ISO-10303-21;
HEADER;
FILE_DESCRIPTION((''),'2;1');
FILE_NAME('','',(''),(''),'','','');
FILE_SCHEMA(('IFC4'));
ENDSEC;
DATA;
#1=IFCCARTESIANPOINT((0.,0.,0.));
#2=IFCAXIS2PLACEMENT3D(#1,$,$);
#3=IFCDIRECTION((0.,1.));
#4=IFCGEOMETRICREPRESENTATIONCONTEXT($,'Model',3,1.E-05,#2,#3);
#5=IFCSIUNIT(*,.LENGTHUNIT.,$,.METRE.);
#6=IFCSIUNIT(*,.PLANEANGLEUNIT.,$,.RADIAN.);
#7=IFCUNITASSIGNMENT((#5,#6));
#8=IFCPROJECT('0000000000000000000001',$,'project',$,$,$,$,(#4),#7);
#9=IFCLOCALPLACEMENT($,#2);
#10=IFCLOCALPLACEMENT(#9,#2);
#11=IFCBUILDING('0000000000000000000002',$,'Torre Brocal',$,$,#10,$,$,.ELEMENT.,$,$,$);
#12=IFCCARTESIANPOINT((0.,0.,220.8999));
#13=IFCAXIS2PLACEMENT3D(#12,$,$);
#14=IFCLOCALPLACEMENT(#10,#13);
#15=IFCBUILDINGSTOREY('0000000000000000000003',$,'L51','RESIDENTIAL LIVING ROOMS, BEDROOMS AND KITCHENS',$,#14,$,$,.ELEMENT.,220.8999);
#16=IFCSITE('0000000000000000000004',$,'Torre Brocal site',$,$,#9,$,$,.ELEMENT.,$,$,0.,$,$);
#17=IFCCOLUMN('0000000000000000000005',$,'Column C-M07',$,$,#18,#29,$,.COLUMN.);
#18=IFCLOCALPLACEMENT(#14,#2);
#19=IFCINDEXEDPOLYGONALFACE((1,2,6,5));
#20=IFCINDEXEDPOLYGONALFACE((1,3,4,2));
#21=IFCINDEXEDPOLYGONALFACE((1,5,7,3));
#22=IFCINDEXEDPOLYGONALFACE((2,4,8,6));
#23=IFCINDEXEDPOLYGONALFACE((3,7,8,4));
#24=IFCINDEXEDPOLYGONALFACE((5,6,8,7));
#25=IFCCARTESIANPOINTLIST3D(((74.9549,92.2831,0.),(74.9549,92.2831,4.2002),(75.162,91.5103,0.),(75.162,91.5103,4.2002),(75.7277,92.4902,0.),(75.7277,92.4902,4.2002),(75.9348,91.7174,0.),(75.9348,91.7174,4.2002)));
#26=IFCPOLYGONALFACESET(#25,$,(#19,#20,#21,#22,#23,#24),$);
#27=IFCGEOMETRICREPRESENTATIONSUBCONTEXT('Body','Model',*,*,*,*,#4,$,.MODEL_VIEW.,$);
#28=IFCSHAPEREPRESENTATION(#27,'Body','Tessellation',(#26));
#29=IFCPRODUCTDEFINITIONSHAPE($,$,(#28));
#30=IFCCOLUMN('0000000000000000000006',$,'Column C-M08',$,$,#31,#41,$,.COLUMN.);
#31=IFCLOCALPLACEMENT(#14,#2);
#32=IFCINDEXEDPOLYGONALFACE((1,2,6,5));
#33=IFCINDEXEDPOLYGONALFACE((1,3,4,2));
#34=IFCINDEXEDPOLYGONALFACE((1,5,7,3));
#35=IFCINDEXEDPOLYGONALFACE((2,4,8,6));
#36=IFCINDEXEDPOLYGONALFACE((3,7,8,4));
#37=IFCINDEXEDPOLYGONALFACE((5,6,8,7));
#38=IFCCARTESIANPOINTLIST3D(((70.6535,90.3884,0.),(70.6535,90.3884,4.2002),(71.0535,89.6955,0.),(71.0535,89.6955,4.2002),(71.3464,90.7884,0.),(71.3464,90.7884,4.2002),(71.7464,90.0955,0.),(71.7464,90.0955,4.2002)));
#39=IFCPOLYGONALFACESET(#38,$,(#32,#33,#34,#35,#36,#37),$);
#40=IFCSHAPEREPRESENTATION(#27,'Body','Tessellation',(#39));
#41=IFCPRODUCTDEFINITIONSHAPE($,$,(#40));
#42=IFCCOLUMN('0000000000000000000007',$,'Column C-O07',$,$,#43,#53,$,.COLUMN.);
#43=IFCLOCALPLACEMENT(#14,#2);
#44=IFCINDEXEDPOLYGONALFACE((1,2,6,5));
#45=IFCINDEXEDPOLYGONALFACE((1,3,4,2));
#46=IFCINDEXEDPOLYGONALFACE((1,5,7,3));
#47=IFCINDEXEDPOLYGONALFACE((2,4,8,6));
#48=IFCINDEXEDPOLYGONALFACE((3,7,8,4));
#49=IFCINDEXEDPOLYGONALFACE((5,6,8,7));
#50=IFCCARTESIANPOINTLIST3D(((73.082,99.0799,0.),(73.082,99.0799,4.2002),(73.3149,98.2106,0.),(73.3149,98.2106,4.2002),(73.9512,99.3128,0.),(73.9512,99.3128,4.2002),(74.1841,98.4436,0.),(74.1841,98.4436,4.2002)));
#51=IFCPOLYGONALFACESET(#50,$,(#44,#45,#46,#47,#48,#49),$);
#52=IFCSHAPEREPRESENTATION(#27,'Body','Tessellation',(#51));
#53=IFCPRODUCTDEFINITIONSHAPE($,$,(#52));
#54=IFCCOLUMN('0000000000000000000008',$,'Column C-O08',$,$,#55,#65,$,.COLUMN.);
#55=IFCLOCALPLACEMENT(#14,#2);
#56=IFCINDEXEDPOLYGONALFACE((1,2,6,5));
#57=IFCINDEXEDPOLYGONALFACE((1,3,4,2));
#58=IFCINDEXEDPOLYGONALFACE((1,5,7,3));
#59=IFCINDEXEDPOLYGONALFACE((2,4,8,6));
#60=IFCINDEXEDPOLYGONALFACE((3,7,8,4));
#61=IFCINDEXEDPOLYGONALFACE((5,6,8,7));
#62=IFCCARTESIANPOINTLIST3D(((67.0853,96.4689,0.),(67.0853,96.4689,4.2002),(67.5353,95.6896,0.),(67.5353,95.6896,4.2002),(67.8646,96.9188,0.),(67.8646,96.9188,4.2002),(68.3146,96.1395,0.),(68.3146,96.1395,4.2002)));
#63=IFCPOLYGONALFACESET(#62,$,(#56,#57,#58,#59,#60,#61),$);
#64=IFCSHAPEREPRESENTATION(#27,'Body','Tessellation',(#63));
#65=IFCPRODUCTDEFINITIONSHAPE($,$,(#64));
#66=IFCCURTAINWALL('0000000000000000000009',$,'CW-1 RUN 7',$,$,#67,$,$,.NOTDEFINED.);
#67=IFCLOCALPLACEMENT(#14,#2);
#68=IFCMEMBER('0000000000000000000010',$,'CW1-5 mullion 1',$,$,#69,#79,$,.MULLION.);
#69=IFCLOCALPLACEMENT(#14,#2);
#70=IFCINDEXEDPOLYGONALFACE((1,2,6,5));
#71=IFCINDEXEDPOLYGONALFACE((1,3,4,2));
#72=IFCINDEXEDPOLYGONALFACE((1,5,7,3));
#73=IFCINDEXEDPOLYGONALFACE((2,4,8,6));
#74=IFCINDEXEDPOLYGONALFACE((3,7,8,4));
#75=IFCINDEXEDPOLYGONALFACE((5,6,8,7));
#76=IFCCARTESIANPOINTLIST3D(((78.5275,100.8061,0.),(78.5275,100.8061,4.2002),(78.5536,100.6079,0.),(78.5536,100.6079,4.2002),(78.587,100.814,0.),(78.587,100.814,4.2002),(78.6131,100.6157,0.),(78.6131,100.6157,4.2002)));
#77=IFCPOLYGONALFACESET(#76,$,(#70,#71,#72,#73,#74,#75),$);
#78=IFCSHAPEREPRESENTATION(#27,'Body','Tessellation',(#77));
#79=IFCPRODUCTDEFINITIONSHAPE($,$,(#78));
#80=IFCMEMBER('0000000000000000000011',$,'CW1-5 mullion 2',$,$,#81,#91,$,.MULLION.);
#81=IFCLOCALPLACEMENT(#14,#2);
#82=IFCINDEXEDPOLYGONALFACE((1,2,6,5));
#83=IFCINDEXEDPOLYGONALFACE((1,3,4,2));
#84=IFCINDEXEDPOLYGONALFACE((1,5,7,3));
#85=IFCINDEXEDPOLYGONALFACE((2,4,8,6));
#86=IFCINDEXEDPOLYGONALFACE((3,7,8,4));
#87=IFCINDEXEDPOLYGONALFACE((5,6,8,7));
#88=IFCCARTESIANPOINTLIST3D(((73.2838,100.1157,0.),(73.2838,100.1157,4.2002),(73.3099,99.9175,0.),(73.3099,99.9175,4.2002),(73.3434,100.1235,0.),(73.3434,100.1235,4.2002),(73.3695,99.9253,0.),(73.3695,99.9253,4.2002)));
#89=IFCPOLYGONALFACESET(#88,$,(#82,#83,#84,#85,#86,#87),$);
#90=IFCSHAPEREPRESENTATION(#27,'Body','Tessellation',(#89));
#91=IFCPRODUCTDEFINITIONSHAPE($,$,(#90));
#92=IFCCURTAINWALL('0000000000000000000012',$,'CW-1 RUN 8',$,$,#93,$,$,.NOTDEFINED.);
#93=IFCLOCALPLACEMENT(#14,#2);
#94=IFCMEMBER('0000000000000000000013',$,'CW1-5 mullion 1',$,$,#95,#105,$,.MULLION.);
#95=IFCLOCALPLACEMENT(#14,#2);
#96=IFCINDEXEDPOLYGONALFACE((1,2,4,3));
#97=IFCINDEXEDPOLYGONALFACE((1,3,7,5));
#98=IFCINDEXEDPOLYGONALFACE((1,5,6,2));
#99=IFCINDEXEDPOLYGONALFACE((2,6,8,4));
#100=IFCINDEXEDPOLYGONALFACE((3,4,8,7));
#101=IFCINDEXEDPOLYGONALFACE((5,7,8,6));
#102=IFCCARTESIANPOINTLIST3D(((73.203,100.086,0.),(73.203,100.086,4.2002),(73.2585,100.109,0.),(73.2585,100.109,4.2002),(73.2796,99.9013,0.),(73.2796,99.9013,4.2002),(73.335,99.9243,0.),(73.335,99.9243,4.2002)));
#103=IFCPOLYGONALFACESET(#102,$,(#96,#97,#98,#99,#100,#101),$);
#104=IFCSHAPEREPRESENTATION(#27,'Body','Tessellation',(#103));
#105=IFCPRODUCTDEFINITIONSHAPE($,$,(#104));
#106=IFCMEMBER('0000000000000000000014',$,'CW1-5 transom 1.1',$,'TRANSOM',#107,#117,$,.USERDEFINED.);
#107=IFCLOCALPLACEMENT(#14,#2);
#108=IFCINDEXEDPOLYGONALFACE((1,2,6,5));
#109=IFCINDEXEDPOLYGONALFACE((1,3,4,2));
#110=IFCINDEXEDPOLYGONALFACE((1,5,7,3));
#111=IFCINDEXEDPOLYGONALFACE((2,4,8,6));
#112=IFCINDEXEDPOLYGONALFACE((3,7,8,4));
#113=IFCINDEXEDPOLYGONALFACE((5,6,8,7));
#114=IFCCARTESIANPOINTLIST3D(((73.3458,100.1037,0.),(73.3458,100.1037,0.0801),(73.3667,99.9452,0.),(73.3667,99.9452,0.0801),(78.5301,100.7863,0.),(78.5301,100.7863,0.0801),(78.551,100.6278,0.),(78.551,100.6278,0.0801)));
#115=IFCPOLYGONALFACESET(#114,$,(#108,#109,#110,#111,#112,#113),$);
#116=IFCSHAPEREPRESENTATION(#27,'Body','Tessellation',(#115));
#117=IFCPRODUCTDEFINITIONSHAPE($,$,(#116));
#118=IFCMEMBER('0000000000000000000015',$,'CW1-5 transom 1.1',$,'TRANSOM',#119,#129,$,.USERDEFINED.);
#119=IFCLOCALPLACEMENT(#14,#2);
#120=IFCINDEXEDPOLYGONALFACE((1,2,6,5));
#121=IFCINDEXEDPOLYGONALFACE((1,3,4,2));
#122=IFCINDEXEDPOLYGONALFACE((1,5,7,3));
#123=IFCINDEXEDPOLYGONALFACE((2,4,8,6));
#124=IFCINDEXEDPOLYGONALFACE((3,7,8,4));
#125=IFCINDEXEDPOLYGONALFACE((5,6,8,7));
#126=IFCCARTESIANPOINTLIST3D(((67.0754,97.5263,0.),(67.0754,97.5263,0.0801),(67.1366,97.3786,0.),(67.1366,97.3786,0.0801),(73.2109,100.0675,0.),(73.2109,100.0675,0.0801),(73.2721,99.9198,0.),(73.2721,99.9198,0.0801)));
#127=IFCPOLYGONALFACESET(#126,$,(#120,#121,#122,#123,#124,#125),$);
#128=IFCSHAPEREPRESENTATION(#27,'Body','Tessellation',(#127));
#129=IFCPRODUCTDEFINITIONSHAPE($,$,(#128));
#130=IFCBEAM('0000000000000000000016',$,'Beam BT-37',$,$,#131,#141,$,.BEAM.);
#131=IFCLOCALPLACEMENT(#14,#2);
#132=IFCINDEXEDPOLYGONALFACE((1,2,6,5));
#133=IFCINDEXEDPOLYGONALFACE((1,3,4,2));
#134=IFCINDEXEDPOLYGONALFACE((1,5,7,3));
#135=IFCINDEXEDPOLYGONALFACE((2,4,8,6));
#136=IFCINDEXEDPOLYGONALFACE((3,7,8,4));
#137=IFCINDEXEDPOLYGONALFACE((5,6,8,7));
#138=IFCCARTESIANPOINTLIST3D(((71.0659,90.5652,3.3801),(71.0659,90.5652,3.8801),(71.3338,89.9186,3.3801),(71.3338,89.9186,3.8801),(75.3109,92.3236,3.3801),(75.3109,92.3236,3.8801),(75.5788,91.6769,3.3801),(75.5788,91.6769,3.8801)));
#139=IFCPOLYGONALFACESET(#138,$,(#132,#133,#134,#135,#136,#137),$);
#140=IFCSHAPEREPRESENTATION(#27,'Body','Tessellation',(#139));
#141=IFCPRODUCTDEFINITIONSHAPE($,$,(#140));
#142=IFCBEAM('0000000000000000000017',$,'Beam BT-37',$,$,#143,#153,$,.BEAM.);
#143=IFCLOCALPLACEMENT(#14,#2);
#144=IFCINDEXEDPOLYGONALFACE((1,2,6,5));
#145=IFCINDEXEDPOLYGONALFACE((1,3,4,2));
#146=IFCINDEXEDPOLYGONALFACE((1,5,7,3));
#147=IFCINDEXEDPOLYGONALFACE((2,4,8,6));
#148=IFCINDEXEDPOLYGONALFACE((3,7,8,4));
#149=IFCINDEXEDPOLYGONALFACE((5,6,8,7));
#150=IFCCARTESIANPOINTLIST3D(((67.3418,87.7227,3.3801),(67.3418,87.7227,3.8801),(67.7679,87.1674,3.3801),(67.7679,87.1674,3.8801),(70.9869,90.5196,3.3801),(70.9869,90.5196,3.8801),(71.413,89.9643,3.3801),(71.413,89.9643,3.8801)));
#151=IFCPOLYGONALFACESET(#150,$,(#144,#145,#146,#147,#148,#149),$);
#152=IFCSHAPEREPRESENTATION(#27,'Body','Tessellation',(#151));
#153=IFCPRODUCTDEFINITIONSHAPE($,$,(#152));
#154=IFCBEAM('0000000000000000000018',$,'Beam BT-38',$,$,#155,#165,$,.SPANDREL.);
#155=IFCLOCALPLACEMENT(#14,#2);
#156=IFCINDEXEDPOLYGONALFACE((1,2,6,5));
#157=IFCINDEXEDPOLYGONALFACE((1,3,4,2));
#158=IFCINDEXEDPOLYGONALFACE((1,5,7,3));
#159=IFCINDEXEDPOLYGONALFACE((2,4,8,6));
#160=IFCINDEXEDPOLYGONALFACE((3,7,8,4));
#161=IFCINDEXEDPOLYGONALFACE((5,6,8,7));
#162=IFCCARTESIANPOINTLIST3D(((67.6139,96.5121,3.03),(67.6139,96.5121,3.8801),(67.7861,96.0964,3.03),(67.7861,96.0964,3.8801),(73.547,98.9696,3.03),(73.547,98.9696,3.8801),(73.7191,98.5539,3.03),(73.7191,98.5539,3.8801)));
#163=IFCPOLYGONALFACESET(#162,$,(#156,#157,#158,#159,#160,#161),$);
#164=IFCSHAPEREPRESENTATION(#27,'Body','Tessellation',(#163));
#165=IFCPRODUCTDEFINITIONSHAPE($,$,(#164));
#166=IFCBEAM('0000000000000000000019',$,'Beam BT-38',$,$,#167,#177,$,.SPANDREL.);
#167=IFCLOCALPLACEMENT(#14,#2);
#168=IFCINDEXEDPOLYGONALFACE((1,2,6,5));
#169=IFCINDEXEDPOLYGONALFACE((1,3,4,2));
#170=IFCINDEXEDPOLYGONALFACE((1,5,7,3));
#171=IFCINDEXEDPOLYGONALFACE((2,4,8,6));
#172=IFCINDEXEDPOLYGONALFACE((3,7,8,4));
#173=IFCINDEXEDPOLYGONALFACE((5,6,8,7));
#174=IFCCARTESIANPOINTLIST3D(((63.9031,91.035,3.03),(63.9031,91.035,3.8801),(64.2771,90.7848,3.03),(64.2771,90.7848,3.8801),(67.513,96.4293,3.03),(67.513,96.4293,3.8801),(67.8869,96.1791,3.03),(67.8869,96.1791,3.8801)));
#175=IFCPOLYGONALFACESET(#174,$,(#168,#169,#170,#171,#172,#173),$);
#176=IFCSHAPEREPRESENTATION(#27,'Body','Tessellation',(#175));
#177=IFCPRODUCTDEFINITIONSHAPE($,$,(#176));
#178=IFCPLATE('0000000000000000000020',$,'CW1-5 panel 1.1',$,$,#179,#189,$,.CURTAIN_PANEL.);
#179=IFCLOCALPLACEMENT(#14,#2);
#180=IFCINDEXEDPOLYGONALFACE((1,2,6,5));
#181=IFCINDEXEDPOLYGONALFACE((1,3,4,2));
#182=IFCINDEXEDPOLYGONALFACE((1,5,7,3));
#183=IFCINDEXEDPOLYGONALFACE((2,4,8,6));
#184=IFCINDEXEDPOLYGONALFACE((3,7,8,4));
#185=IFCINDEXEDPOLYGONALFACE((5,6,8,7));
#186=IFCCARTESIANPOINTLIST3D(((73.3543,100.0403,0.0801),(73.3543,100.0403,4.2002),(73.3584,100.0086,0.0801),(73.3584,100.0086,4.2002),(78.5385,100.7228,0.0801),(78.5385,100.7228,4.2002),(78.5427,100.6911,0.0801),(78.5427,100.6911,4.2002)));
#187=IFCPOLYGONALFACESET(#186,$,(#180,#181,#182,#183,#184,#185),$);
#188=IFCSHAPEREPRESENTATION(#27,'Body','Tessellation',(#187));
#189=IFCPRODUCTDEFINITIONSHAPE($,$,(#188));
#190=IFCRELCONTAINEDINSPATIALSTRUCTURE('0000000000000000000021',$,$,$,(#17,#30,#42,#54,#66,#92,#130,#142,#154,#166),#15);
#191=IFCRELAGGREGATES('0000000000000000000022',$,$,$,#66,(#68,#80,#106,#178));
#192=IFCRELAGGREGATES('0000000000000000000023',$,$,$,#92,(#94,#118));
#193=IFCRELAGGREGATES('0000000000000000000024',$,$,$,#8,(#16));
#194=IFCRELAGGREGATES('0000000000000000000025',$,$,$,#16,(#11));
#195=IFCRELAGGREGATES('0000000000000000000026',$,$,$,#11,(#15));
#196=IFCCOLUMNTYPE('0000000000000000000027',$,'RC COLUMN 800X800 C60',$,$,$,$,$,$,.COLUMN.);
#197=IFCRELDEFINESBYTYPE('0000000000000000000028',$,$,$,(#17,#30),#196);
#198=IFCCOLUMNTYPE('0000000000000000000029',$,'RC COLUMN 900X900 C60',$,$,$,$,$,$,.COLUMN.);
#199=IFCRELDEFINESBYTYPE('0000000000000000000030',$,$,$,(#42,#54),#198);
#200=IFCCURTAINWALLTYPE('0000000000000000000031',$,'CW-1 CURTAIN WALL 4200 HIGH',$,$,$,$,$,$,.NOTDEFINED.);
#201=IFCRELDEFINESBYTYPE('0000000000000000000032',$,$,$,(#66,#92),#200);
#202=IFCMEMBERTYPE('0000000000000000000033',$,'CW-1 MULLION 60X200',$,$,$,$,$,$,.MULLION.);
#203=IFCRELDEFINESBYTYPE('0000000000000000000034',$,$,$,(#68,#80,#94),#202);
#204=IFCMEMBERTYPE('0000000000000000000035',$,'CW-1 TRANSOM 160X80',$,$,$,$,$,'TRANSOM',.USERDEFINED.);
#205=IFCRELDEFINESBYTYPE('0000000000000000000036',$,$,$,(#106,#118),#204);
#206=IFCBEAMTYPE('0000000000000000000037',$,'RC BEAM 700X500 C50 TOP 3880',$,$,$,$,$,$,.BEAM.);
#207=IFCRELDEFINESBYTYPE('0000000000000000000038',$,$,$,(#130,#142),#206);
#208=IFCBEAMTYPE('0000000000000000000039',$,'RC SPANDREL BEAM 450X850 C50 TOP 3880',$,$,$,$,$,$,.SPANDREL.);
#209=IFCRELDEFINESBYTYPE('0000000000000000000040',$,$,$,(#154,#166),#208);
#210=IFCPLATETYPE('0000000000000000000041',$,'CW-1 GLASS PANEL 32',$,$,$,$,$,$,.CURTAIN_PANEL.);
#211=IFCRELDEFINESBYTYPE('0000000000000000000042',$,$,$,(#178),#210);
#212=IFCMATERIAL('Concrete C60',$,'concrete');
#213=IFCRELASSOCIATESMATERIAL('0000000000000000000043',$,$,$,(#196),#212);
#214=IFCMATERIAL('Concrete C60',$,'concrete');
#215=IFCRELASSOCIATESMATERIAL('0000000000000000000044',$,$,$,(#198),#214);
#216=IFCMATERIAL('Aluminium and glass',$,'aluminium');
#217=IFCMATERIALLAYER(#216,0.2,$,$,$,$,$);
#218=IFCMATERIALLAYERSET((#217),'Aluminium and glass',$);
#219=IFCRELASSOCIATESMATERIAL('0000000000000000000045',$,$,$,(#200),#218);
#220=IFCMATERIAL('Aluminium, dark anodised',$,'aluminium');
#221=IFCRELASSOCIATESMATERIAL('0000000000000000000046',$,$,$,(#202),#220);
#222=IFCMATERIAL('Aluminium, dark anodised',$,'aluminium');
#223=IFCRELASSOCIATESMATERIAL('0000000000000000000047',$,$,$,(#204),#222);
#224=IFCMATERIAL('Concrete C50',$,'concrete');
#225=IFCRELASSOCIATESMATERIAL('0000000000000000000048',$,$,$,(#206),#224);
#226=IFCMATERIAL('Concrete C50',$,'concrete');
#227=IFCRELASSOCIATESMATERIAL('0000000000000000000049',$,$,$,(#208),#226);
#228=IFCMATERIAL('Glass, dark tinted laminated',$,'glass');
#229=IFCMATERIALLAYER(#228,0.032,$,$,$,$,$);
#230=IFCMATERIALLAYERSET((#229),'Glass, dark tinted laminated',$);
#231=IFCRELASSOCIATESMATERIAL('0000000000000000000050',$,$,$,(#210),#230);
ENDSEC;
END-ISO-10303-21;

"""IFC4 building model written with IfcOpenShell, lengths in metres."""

from ifc_helpers import new_model, si_unit, direction, frame, origin, origin_2d, place, context, subcontext, project, spatial, rectangle, extrude, material, layer, layer_set, material_profile, profile_set, type_object, element, aggregate, save


model = new_model("IFC4")

# Units and contexts
model_context = context("Model", 3, precision=1e-05, world=origin(), true_north=direction((0.0, 1.0)))
body_context = subcontext(model_context, "Body", "Model", "MODEL_VIEW")
ifc_project = project(units=[si_unit("LENGTHUNIT", "METRE"), si_unit("PLANEANGLEUNIT", "RADIAN")], contexts=[model_context])

# Site, building, storey
site_placement = place(None, origin())
site = spatial("IfcSite", under=ifc_project, at=site_placement, Name="Torre Brocal site", CompositionType="ELEMENT", RefElevation=0.0)
building_placement = place(site_placement, origin())
building = spatial("IfcBuilding", under=site, at=building_placement, Name="Torre Brocal", CompositionType="ELEMENT")
storey_placement = place(building_placement, frame((0.0, 0.0, 220.8999)))
storey = spatial("IfcBuildingStorey", under=building, at=storey_placement, Name="L51", Description="RESIDENTIAL LIVING ROOMS, BEDROOMS AND KITCHENS", CompositionType="ELEMENT", Elevation=220.8999)

# Columns
ifc_material_1 = material(Name="Concrete C60", Category="concrete")
ifc_material_profile_1 = material_profile(ifc_material_1, rectangle(XDim=0.8, YDim=0.8, at=origin_2d()), Name="RC 800X800")
ifc_profile_set_1 = profile_set([ifc_material_profile_1], Name="Concrete C60")
column_type_1 = type_object("IfcColumnType", Name="RC COLUMN 800X800 C60", PredefinedType="COLUMN", material=ifc_profile_set_1)
for number, where, z_axis, x_axis, name in (
    (1, (75.4448, 92.0002, 0.0), (0.0, 0.0, 1.0), (-0.258819, 0.965926, 0.0), "Column C-M07"),
    (2, (71.2, 90.2419, 0.0), (0.0, 0.0, 1.0), (-0.5, 0.866025, 0.0), "Column C-M08"),
):
    element("IfcColumn", number, at=place(storey_placement, frame(where, z_axis=z_axis, x_axis=x_axis)), inside=storey, type_object=column_type_1, Name=name, PredefinedType="COLUMN", context=body_context, shape_type="SweptSolid", body=[
        extrude(rectangle(XDim=0.8, YDim=0.8, at=origin_2d()), origin(), (0.0, 0.0, 1.0), 4.2002),
    ])
ifc_material_2 = material(Name="Concrete C60", Category="concrete")
ifc_material_profile_2 = material_profile(ifc_material_2, rectangle(XDim=0.8999, YDim=0.8999, at=origin_2d()), Name="RC 900X900")
ifc_profile_set_2 = profile_set([ifc_material_profile_2], Name="Concrete C60")
column_type_2 = type_object("IfcColumnType", Name="RC COLUMN 900X900 C60", PredefinedType="COLUMN", material=ifc_profile_set_2)
for number, where, z_axis, x_axis, name in (
    (3, (73.6331, 98.7617, 0.0), (0.0, 0.0, 1.0), (-0.258819, 0.965926, 0.0), "Column C-O07"),
    (4, (67.7, 96.3042, 0.0), (0.0, 0.0, 1.0), (-0.5, 0.866025, 0.0), "Column C-O08"),
):
    element("IfcColumn", number, at=place(storey_placement, frame(where, z_axis=z_axis, x_axis=x_axis)), inside=storey, type_object=column_type_2, Name=name, PredefinedType="COLUMN", context=body_context, shape_type="SweptSolid", body=[
        extrude(rectangle(XDim=0.8999, YDim=0.8999, at=origin_2d()), origin(), (0.0, 0.0, 1.0), 4.2002),
    ])

# Curtain wall, members
ifc_material_3 = material(Name="Aluminium and glass", Category="aluminium")
ifc_layer_1 = layer(ifc_material_3, 0.2)
ifc_layer_set_1 = layer_set([ifc_layer_1], Name="Aluminium and glass")
curtain_wall_type = type_object("IfcCurtainWallType", Name="CW-1 CURTAIN WALL 4200 HIGH", PredefinedType="NOTDEFINED", material=ifc_layer_set_1)
curtain_wall_1_placement = place(storey_placement, origin())
curtain_wall_1 = element("IfcCurtainWall", 5, at=curtain_wall_1_placement, inside=storey, type_object=curtain_wall_type, Name="CW-1 RUN 7", PredefinedType="NOTDEFINED")
ifc_material_4 = material(Name="Aluminium, dark anodised", Category="aluminium")
ifc_material_profile_3 = material_profile(ifc_material_4, rectangle(XDim=0.2, YDim=0.0601, at=origin_2d()), Name="CW-1 MULLION 60X200")
ifc_profile_set_3 = profile_set([ifc_material_profile_3], Name="Aluminium, dark anodised")
member_type_1 = type_object("IfcMemberType", Name="CW-1 MULLION 60X200", PredefinedType="MULLION", material=ifc_profile_set_3)
member_1_placement = place(storey_placement, frame((78.5703, 100.7109, 0.0), z_axis=(0.0, 0.0, 1.0), x_axis=(0.130526, -0.991445, 0.0)))
member_1 = element("IfcMember", 6, at=member_1_placement, type_object=member_type_1, Name="CW1-5 mullion 1", PredefinedType="MULLION", context=body_context, shape_type="SweptSolid", body=[
    extrude(rectangle(XDim=0.2, YDim=0.0601, at=origin_2d()), origin(), (0.0, 0.0, 1.0), 4.2002),
])
member_2_placement = place(storey_placement, frame((73.3267, 100.0205, 0.0), z_axis=(0.0, 0.0, 1.0), x_axis=(0.130526, -0.991445, 0.0)))
member_2 = element("IfcMember", 7, at=member_2_placement, type_object=member_type_1, Name="CW1-5 mullion 2", PredefinedType="MULLION", context=body_context, shape_type="SweptSolid", body=[
    extrude(rectangle(XDim=0.2, YDim=0.0601, at=origin_2d()), origin(), (0.0, 0.0, 1.0), 4.2002),
])

# Curtain wall, member
curtain_wall_2_placement = place(storey_placement, origin())
curtain_wall_2 = element("IfcCurtainWall", 8, at=curtain_wall_2_placement, inside=storey, type_object=curtain_wall_type, Name="CW-1 RUN 8", PredefinedType="NOTDEFINED")
member_3_placement = place(storey_placement, frame((73.269, 100.0051, 0.0), z_axis=(0.0, 0.0, 1.0), x_axis=(0.382683, -0.92388, 0.0)))
member_3 = element("IfcMember", 9, at=member_3_placement, type_object=member_type_1, Name="CW1-5 mullion 1", PredefinedType="MULLION", context=body_context, shape_type="SweptSolid", body=[
    extrude(rectangle(XDim=0.2, YDim=0.0601, at=origin_2d()), origin(), (0.0, 0.0, 1.0), 4.2002),
])

# Members
ifc_material_5 = material(Name="Aluminium, dark anodised", Category="aluminium")
ifc_material_profile_4 = material_profile(ifc_material_5, rectangle(XDim=0.1599, YDim=0.0801, at=origin_2d()), Name="CW-1 TRANSOM 160X80")
ifc_profile_set_4 = profile_set([ifc_material_profile_4], Name="Aluminium, dark anodised")
member_type_2 = type_object("IfcMemberType", Name="CW-1 TRANSOM 160X80", ElementType="TRANSOM", PredefinedType="USERDEFINED", material=ifc_profile_set_4)
member_4_placement = place(storey_placement, frame((78.5405, 100.707, 0.04), z_axis=(-0.991443, -0.130543, 0.0), x_axis=(0.130543, -0.991443, 0.0)))
member_4 = element("IfcMember", 10, at=member_4_placement, type_object=member_type_2, Name="CW1-5 transom 1.1", ObjectType="TRANSOM", PredefinedType="USERDEFINED", context=body_context, shape_type="SweptSolid", body=[
    extrude(rectangle(XDim=0.1599, YDim=0.0801, at=origin_2d()), origin(), (0.0, 0.0, 1.0), 5.229),
])
member_5_placement = place(storey_placement, frame((73.2415, 99.9937, 0.04), z_axis=(-0.923887, -0.382665, 0.0), x_axis=(0.382665, -0.923887, 0.0)))
member_5 = element("IfcMember", 11, at=member_5_placement, type_object=member_type_2, Name="CW1-5 transom 1.1", ObjectType="TRANSOM", PredefinedType="USERDEFINED", context=body_context, shape_type="SweptSolid", body=[
    extrude(rectangle(XDim=0.1599, YDim=0.0801, at=origin_2d()), origin(), (0.0, 0.0, 1.0), 6.6409),
])

# Beams
ifc_material_6 = material(Name="Concrete C50", Category="concrete")
ifc_material_profile_5 = material_profile(ifc_material_6, rectangle(XDim=0.7, YDim=0.5, at=origin_2d()), Name="RC 700X500")
ifc_profile_set_5 = profile_set([ifc_material_profile_5], Name="Concrete C50")
beam_type_1 = type_object("IfcBeamType", Name="RC BEAM 700X500 C50 TOP 3880", PredefinedType="BEAM", material=ifc_profile_set_5)
beam_1_placement = place(storey_placement, frame((75.4448, 92.0002, 3.6301), z_axis=(-0.923878, -0.382687, 0.0), x_axis=(0.382687, -0.923878, 0.0)))
element("IfcBeam", 12, at=beam_1_placement, inside=storey, type_object=beam_type_1, Name="Beam BT-37", PredefinedType="BEAM", context=body_context, shape_type="SweptSolid", body=[
    extrude(rectangle(XDim=0.7, YDim=0.5, at=origin_2d()), origin(), (0.0, 0.0, 1.0), 4.5947),
])
beam_2_placement = place(storey_placement, frame((71.2, 90.2419, 3.6301), z_axis=(-0.793358, -0.608755, 0.0), x_axis=(0.608755, -0.793358, 0.0)))
element("IfcBeam", 13, at=beam_2_placement, inside=storey, type_object=beam_type_1, Name="Beam BT-37", PredefinedType="BEAM", context=body_context, shape_type="SweptSolid", body=[
    extrude(rectangle(XDim=0.7, YDim=0.5, at=origin_2d()), origin(), (0.0, 0.0, 1.0), 4.5945),
])
ifc_material_7 = material(Name="Concrete C50", Category="concrete")
ifc_material_profile_6 = material_profile(ifc_material_7, rectangle(XDim=0.45, YDim=0.8501, at=origin_2d()), Name="RC 450X850")
ifc_profile_set_6 = profile_set([ifc_material_profile_6], Name="Concrete C50")
beam_type_2 = type_object("IfcBeamType", Name="RC SPANDREL BEAM 450X850 C50 TOP 3880", PredefinedType="SPANDREL", material=ifc_profile_set_6)
beam_3_placement = place(storey_placement, frame((73.6331, 98.7617, 3.4551), z_axis=(-0.923882, -0.382676, 0.0), x_axis=(0.382676, -0.923882, 0.0)))
element("IfcBeam", 14, at=beam_3_placement, inside=storey, type_object=beam_type_2, Name="Beam BT-38", PredefinedType="SPANDREL", context=body_context, shape_type="SweptSolid", body=[
    extrude(rectangle(XDim=0.45, YDim=0.8501, at=origin_2d()), origin(), (0.0, 0.0, 1.0), 6.4219),
])
beam_4_placement = place(storey_placement, frame((67.7, 96.3042, 3.4551), z_axis=(-0.556158, -0.831077, 0.0), x_axis=(0.831077, -0.556158, 0.0)))
element("IfcBeam", 15, at=beam_4_placement, inside=storey, type_object=beam_type_2, Name="Beam BT-38", PredefinedType="SPANDREL", context=body_context, shape_type="SweptSolid", body=[
    extrude(rectangle(XDim=0.45, YDim=0.8501, at=origin_2d()), origin(), (0.0, 0.0, 1.0), 6.4907),
])

# Plate
ifc_material_8 = material(Name="Glass, dark tinted laminated", Category="glass")
ifc_layer_2 = layer(ifc_material_8, 0.032)
ifc_layer_set_2 = layer_set([ifc_layer_2], Name="Glass, dark tinted laminated")
plate_type = type_object("IfcPlateType", Name="CW-1 GLASS PANEL 32", PredefinedType="CURTAIN_PANEL", material=ifc_layer_set_2)
plate_1_placement = place(storey_placement, frame((75.9485, 100.3657, 0.0801), z_axis=(0.0, 0.0, 1.0), x_axis=(-0.991445, -0.130526, 0.0)))
plate_1 = element("IfcPlate", 16, at=plate_1_placement, type_object=plate_type, Name="CW1-5 panel 1.1", PredefinedType="CURTAIN_PANEL", context=body_context, shape_type="SweptSolid", body=[
    extrude(rectangle(XDim=5.229, YDim=0.032, at=origin_2d()), origin(), (0.0, 0.0, 1.0), 4.1201),
])
aggregate(curtain_wall_1, [member_1, member_2, member_4, plate_1])
aggregate(curtain_wall_2, [member_3, member_5])

save(model, "model.ifc")
